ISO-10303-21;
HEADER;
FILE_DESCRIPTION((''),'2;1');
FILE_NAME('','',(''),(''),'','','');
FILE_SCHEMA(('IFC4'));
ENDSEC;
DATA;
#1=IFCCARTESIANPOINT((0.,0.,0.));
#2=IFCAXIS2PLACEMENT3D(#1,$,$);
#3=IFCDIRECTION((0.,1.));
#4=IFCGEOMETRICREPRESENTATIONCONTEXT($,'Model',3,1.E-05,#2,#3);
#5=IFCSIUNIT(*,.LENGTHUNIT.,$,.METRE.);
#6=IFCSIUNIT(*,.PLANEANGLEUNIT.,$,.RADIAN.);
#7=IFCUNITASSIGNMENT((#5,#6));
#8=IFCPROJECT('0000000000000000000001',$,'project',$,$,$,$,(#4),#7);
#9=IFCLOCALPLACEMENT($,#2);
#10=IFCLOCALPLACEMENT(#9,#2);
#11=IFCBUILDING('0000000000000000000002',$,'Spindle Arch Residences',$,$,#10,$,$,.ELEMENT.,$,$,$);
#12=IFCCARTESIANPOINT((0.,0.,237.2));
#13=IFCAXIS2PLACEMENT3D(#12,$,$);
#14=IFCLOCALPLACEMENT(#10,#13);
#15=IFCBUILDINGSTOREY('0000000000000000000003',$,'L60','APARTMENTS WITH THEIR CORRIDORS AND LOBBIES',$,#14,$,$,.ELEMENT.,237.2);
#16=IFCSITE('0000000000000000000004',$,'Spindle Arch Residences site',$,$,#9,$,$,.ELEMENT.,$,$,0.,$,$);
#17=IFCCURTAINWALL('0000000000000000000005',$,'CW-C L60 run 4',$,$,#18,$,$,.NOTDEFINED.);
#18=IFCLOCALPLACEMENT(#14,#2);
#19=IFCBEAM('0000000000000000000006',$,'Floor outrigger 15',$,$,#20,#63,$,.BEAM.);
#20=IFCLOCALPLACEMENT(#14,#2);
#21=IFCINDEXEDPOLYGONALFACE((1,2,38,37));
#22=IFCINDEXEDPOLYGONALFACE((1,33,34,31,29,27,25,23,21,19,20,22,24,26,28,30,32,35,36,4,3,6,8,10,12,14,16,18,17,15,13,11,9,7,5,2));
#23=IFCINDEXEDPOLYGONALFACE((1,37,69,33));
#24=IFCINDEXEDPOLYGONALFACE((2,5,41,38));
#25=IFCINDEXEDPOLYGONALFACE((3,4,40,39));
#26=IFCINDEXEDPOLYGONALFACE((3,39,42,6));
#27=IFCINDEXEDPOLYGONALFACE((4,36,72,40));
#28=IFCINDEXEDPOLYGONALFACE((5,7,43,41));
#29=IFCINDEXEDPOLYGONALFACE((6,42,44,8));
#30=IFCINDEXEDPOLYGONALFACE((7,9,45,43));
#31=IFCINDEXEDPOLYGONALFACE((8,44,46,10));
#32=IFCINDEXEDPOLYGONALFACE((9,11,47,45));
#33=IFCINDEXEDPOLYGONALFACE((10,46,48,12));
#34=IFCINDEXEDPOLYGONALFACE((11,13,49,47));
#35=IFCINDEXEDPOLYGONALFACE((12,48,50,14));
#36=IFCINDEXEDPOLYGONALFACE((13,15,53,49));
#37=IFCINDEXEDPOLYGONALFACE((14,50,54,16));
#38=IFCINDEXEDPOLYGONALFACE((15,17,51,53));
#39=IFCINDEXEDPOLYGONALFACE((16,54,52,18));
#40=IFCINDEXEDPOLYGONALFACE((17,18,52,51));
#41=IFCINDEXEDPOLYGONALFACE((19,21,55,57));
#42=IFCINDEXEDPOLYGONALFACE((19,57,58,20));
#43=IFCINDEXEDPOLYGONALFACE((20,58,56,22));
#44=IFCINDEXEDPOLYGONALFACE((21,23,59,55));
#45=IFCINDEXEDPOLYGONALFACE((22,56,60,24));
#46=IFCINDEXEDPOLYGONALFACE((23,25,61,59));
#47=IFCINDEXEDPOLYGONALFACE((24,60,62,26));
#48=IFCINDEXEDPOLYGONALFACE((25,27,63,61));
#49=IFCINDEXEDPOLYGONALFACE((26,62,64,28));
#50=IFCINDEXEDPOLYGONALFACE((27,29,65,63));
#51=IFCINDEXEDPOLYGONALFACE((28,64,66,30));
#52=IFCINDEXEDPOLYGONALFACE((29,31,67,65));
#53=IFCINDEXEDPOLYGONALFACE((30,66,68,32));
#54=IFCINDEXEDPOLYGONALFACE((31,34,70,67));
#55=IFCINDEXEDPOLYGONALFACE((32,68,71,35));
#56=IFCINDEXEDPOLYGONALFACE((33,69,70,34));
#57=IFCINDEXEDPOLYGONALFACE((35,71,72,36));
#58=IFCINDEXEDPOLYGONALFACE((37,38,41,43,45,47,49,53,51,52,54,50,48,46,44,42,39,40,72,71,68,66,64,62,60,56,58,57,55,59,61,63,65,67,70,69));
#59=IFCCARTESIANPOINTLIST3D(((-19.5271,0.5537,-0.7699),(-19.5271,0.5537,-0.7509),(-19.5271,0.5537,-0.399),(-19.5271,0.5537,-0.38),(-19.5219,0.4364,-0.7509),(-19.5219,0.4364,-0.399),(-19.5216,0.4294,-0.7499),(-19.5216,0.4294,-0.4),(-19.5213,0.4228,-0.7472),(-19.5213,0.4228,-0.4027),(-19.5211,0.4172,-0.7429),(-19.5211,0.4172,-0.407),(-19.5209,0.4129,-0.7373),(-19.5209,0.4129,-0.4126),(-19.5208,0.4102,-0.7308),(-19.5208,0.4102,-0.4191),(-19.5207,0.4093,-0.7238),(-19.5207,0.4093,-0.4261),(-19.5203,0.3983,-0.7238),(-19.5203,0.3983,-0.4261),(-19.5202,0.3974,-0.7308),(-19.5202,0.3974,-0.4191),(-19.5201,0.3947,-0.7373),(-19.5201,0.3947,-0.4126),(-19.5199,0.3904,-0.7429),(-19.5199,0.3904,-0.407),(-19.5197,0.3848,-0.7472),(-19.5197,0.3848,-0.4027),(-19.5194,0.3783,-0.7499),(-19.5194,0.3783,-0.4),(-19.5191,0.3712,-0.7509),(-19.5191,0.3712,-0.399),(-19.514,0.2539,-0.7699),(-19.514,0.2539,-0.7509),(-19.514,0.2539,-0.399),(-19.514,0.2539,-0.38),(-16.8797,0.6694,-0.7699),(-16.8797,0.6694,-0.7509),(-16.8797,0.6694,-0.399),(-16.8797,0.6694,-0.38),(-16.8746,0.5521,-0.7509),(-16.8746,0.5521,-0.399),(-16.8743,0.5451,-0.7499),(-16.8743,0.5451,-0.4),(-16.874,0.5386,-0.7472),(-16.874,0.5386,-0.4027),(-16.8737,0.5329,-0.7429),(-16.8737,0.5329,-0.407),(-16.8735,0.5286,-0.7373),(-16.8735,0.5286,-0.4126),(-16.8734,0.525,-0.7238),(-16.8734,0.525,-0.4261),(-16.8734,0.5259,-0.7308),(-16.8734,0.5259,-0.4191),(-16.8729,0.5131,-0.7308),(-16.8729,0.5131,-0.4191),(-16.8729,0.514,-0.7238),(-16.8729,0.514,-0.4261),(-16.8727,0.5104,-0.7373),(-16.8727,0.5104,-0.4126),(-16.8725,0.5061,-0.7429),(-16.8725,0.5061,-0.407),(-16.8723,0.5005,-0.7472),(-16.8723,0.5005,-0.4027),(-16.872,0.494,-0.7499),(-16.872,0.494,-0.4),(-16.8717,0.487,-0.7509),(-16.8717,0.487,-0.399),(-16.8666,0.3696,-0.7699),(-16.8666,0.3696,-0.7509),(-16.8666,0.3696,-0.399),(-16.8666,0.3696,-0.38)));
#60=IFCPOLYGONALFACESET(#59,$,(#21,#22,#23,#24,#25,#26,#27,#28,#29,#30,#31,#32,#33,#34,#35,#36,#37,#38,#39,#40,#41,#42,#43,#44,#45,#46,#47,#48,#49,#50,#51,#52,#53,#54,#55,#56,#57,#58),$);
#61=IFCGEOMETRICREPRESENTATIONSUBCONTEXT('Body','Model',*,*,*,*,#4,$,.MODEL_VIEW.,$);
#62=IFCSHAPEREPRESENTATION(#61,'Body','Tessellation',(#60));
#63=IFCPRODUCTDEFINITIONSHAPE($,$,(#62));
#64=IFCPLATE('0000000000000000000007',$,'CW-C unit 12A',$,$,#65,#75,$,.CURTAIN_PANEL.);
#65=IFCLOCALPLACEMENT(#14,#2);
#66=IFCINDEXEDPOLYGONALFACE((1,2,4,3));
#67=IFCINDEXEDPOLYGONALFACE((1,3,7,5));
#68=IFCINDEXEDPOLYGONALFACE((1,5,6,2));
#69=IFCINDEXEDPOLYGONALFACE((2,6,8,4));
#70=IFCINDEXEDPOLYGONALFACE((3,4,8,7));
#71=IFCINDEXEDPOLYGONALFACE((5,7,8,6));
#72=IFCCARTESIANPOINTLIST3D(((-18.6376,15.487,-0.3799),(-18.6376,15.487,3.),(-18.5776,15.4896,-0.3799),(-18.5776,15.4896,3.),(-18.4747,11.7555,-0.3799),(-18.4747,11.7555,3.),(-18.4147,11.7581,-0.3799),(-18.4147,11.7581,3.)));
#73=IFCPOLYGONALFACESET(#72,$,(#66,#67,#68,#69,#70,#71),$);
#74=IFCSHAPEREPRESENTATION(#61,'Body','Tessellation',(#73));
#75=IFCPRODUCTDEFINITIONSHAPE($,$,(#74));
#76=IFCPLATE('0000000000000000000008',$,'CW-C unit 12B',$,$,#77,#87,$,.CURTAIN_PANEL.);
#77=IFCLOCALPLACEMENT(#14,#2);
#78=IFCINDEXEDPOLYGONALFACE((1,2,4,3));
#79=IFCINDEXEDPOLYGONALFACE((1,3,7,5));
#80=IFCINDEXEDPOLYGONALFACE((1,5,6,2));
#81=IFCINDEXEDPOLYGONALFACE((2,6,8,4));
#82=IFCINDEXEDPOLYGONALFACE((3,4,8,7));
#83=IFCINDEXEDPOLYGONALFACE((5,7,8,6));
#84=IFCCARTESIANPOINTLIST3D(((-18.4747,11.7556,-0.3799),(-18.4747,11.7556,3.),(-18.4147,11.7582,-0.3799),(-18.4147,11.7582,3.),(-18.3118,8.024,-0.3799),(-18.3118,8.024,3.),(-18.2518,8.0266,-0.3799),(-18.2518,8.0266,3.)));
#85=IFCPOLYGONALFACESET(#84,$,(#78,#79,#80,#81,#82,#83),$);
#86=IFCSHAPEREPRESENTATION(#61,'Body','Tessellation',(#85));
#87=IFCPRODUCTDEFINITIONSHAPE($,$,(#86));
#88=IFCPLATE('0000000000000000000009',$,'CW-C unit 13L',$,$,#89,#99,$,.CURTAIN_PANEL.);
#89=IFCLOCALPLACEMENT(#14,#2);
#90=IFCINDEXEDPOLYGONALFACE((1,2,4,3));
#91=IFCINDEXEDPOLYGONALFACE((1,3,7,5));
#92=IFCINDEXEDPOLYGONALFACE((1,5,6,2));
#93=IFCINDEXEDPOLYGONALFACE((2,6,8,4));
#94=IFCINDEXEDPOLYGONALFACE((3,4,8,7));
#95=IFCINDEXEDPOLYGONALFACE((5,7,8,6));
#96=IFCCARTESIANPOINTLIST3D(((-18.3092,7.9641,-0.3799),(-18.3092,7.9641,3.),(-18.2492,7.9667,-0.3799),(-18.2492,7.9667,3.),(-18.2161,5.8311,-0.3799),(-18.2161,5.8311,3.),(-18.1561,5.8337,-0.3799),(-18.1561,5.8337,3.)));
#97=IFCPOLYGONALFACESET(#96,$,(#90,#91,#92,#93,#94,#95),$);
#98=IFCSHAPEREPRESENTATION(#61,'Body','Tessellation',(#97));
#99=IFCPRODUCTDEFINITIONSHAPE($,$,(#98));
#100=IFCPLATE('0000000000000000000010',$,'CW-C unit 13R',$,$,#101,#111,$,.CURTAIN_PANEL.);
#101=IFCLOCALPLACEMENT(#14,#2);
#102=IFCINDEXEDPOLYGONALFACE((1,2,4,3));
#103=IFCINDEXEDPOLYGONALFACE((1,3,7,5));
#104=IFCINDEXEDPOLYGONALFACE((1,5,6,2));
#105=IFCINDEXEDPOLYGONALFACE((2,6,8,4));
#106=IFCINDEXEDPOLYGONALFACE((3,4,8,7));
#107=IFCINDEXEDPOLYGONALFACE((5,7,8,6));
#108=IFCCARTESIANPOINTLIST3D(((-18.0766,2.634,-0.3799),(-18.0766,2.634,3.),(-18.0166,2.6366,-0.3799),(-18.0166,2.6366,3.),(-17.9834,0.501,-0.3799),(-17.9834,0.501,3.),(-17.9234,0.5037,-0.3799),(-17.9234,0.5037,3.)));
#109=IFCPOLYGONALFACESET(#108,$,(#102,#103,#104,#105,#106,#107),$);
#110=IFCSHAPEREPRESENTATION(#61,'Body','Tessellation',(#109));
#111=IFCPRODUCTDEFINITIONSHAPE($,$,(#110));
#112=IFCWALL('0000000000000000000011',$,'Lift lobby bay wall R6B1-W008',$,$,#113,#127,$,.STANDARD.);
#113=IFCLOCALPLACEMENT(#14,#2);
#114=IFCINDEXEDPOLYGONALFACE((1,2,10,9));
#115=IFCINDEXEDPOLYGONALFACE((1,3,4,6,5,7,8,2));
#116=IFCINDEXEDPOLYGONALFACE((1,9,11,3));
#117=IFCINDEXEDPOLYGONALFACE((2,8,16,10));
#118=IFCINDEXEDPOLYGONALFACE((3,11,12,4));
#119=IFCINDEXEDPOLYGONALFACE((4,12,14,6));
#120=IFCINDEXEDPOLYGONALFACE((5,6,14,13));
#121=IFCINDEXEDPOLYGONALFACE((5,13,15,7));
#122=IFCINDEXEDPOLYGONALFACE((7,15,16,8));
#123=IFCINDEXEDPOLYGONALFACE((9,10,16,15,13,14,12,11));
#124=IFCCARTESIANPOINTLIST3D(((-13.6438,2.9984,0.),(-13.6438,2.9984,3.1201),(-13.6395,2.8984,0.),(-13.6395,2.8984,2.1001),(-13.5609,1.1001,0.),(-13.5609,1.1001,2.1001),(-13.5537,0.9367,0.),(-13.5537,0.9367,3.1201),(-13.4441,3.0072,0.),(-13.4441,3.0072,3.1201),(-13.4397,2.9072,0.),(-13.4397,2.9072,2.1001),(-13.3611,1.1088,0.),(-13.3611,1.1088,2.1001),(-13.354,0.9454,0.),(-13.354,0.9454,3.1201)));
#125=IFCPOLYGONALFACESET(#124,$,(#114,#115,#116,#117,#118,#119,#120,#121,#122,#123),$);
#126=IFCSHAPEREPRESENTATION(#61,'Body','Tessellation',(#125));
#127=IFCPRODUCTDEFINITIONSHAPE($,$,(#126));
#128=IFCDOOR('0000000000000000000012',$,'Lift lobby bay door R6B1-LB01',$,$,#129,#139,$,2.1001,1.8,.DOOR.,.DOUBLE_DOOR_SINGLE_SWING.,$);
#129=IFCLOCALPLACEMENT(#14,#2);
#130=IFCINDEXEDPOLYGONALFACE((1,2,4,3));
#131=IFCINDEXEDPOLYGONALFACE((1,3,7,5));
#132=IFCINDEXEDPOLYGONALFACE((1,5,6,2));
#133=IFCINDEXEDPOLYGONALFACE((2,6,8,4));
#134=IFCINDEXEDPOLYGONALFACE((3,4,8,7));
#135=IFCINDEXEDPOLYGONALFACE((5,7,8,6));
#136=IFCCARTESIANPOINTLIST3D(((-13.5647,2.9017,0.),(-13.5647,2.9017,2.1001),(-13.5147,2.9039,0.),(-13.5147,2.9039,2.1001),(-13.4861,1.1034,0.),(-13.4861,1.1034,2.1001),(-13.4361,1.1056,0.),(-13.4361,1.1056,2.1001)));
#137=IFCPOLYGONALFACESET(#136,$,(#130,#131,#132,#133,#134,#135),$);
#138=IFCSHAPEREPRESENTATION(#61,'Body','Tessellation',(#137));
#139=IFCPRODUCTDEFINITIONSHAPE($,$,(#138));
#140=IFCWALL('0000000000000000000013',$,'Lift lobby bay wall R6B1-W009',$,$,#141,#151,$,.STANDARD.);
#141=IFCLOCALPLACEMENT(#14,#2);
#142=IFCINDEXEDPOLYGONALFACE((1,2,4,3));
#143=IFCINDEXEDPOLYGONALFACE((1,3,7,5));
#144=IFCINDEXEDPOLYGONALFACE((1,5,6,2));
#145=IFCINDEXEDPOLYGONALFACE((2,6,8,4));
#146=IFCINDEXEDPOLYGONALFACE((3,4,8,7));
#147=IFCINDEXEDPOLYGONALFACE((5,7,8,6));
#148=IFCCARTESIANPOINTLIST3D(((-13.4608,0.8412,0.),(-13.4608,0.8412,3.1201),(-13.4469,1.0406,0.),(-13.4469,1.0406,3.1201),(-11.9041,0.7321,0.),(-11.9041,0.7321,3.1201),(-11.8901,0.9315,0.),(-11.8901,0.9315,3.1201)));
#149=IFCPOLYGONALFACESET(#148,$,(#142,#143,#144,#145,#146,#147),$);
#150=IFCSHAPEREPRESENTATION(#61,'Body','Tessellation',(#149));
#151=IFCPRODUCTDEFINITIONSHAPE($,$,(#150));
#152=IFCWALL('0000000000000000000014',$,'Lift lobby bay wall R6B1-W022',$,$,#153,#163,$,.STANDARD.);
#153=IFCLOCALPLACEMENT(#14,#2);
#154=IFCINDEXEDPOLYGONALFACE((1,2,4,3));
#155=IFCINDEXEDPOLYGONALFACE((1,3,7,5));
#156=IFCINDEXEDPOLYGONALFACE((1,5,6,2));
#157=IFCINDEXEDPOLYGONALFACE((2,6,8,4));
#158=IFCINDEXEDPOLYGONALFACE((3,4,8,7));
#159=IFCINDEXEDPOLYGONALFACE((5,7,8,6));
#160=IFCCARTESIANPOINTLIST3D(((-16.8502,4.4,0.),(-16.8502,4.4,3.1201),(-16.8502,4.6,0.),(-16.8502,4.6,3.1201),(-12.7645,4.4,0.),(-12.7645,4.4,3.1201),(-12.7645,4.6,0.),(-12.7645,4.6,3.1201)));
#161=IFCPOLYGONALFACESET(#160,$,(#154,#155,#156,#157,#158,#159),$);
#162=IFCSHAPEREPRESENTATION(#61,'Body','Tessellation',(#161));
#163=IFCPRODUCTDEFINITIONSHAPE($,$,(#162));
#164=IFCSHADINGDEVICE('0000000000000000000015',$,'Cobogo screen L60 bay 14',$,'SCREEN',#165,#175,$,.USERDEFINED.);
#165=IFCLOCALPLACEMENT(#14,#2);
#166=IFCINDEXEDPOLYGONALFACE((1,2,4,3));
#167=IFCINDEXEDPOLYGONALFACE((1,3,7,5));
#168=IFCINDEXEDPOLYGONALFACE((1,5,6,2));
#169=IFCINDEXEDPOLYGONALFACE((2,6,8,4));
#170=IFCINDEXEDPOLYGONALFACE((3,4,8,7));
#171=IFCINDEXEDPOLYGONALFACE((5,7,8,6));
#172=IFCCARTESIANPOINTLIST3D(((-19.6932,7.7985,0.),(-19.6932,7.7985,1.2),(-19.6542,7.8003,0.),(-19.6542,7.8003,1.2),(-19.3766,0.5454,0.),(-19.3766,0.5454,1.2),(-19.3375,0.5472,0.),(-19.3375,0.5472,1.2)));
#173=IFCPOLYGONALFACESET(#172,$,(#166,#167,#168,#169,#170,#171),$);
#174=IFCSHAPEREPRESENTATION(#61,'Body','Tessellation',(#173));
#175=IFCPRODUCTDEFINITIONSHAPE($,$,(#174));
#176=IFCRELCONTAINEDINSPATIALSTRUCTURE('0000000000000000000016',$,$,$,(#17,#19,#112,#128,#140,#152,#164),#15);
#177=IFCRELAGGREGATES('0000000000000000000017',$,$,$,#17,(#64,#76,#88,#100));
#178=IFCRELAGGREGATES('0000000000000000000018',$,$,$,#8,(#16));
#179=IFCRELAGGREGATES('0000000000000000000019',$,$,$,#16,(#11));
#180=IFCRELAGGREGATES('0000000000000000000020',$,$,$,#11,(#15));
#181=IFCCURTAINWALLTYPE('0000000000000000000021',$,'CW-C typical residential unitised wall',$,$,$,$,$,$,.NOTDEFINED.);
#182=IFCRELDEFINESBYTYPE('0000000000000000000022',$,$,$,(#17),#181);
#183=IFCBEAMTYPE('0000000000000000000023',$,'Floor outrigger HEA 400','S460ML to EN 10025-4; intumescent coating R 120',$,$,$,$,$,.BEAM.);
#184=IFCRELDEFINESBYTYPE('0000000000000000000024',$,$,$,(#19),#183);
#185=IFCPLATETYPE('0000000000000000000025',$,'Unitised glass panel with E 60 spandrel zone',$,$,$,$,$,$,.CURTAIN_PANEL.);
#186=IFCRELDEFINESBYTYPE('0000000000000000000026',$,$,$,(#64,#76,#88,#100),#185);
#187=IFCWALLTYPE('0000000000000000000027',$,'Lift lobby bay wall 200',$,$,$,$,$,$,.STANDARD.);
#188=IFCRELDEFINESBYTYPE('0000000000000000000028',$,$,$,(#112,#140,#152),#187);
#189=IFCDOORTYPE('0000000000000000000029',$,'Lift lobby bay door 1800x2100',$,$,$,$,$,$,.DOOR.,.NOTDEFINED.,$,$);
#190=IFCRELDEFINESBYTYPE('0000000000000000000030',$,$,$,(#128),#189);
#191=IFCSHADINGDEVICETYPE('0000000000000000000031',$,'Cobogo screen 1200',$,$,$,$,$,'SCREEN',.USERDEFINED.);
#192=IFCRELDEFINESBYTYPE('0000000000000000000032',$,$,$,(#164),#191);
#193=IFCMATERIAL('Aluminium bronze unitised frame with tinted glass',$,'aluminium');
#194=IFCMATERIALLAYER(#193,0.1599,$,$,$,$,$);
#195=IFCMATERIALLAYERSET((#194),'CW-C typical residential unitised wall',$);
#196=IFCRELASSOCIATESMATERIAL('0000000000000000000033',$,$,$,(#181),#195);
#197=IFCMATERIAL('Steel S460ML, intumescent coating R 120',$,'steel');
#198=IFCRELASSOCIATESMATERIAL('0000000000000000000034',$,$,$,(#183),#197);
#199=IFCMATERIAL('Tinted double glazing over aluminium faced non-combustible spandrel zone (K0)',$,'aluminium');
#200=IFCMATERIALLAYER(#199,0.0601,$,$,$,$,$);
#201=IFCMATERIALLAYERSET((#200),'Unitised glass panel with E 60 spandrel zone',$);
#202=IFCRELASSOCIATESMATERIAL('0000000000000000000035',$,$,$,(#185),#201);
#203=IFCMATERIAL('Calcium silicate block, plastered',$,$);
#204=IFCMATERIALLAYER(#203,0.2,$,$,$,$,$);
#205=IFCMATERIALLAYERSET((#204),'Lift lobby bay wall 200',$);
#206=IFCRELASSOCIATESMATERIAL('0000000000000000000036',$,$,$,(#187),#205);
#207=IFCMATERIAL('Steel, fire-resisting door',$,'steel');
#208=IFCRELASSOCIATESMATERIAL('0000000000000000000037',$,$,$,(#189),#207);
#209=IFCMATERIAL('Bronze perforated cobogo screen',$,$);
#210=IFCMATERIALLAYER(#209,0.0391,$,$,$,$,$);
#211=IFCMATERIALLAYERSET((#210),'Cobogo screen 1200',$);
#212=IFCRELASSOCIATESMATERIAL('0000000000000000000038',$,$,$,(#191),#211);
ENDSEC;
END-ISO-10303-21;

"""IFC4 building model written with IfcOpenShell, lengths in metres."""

from ifc_helpers import new_model, si_unit, direction, frame, frame_2d, origin, origin_2d, place, context, subcontext, project, spatial, rectangle, i_section, extrude, material, layer, layer_set, material_profile, profile_set, type_object, element, fill, aggregate, save


model = new_model("IFC4")

# Units and contexts
model_context = context("Model", 3, precision=1e-05, world=origin(), true_north=direction((0.0, 1.0)))
body_context = subcontext(model_context, "Body", "Model", "MODEL_VIEW")
ifc_project = project(units=[si_unit("LENGTHUNIT", "METRE"), si_unit("PLANEANGLEUNIT", "RADIAN")], contexts=[model_context])

# Site, building, storey
site_placement = place(None, origin())
site = spatial("IfcSite", under=ifc_project, at=site_placement, Name="Spindle Arch Residences site", CompositionType="ELEMENT", RefElevation=0.0)
building_placement = place(site_placement, origin())
building = spatial("IfcBuilding", under=site, at=building_placement, Name="Spindle Arch Residences", CompositionType="ELEMENT")
storey_placement = place(building_placement, frame((0.0, 0.0, 237.2)))
storey = spatial("IfcBuildingStorey", under=building, at=storey_placement, Name="L60", Description="APARTMENTS WITH THEIR CORRIDORS AND LOBBIES", CompositionType="ELEMENT", Elevation=237.2)

# Curtain wall
ifc_material_1 = material(Name="Aluminium bronze unitised frame with tinted glass", Category="aluminium")
ifc_layer_1 = layer(ifc_material_1, 0.1599)
ifc_layer_set_1 = layer_set([ifc_layer_1], Name="CW-C typical residential unitised wall")
curtain_wall_type = type_object("IfcCurtainWallType", Name="CW-C typical residential unitised wall", PredefinedType="NOTDEFINED", material=ifc_layer_set_1)
curtain_wall_placement = place(storey_placement, origin())
curtain_wall = element("IfcCurtainWall", 1, at=curtain_wall_placement, inside=storey, type_object=curtain_wall_type, Name="CW-C L60 run 4", PredefinedType="NOTDEFINED")

# Beam
ifc_material_2 = material(Name="Steel S460ML, intumescent coating R 120", Category="steel")
ifc_material_profile_1 = material_profile(ifc_material_2, i_section(OverallWidth=0.3, OverallDepth=0.3899, WebThickness=0.011, FlangeThickness=0.019, FilletRadius=0.0271, at=origin_2d()), Name="HEA 400")
ifc_profile_set_1 = profile_set([ifc_material_profile_1], Name="Steel S460ML, intumescent coating R 120")
beam_type_1 = type_object("IfcBeamType", Name="Floor outrigger HEA 400", Description="S460ML to EN 10025-4; intumescent coating R 120", PredefinedType="BEAM", material=ifc_profile_set_1)
for number, where, z_axis, x_axis, name in (
    (2, (-19.5205, 0.4038, -0.575), (0.999046, 0.043669, 0.0), (-0.043669, 0.999046, 0.0), "Floor outrigger 15"),
):
    element("IfcBeam", number, at=place(storey_placement, frame(where, z_axis=z_axis, x_axis=x_axis)), inside=storey, type_object=beam_type_1, Name=name, PredefinedType="BEAM", context=body_context, shape_type="SweptSolid", body=[
        extrude(i_section(OverallWidth=0.3, OverallDepth=0.3899, WebThickness=0.011, FlangeThickness=0.019, FilletRadius=0.0271, at=origin_2d()), origin(), (0.0, 0.0, 1.0), 2.6499),
    ])

# Plates
ifc_material_3 = material(Name="Tinted double glazing over aluminium faced non-combustible spandrel zone (K0)", Category="aluminium")
ifc_layer_2 = layer(ifc_material_3, 0.0601)
ifc_layer_set_2 = layer_set([ifc_layer_2], Name="Unitised glass panel with E 60 spandrel zone")
plate_type = type_object("IfcPlateType", Name="Unitised glass panel with E 60 spandrel zone", PredefinedType="CURTAIN_PANEL", material=ifc_layer_set_2)
plate_1_placement = place(storey_placement, frame((-18.5261, 13.6226, -0.3799), z_axis=(0.0, 0.0, 1.0), x_axis=(0.043619, -0.999048, 0.0)))
plate_1 = element("IfcPlate", 3, at=plate_1_placement, type_object=plate_type, Name="CW-C unit 12A", PredefinedType="CURTAIN_PANEL", context=body_context, shape_type="SweptSolid", body=[
    extrude(rectangle(XDim=3.7351, YDim=0.0601, at=origin_2d()), origin(), (0.0, 0.0, 1.0), 3.3799),
])
plate_2_placement = place(storey_placement, frame((-18.3633, 9.8911, -0.3799), z_axis=(0.0, 0.0, 1.0), x_axis=(0.043619, -0.999048, 0.0)))
plate_2 = element("IfcPlate", 4, at=plate_2_placement, type_object=plate_type, Name="CW-C unit 12B", PredefinedType="CURTAIN_PANEL", context=body_context, shape_type="SweptSolid", body=[
    extrude(rectangle(XDim=3.7351, YDim=0.0601, at=origin_2d()), origin(), (0.0, 0.0, 1.0), 3.3799),
])
plate_3_placement = place(storey_placement, frame((-18.2327, 6.8989, -0.3799), z_axis=(0.0, 0.0, 1.0), x_axis=(0.043619, -0.999048, 0.0)))
plate_3 = element("IfcPlate", 5, at=plate_3_placement, type_object=plate_type, Name="CW-C unit 13L", PredefinedType="CURTAIN_PANEL", context=body_context, shape_type="SweptSolid", body=[
    extrude(rectangle(XDim=2.135, YDim=0.0601, at=origin_2d()), origin(), (0.0, 0.0, 1.0), 3.3799),
])
plate_4_placement = place(storey_placement, frame((-18.0, 1.5688, -0.3799), z_axis=(0.0, 0.0, 1.0), x_axis=(0.043619, -0.999048, 0.0)))
plate_4 = element("IfcPlate", 6, at=plate_4_placement, type_object=plate_type, Name="CW-C unit 13R", PredefinedType="CURTAIN_PANEL", context=body_context, shape_type="SweptSolid", body=[
    extrude(rectangle(XDim=2.135, YDim=0.0601, at=origin_2d()), origin(), (0.0, 0.0, 1.0), 3.3799),
])
aggregate(curtain_wall, [plate_1, plate_2, plate_3, plate_4])

# Wall, opening, door
ifc_material_4 = material(Name="Calcium silicate block, plastered")
ifc_layer_3 = layer(ifc_material_4, 0.2)
ifc_layer_set_3 = layer_set([ifc_layer_3], Name="Lift lobby bay wall 200")
wall_type_1 = type_object("IfcWallType", Name="Lift lobby bay wall 200", PredefinedType="STANDARD", material=ifc_layer_set_3)
wall_1_placement = place(storey_placement, frame((-13.5439, 3.0027, 0.0), z_axis=(0.0, 0.0, 1.0), x_axis=(0.043653, -0.999047, 0.0)))
wall_1 = element("IfcWall", 7, at=wall_1_placement, inside=storey, type_object=wall_type_1, Name="Lift lobby bay wall R6B1-W008", PredefinedType="STANDARD", context=body_context, shape_type="SweptSolid", body=[
    extrude(rectangle(XDim=2.0637, YDim=0.2, at=frame_2d((1.0317, 0.0))), origin(), (0.0, 0.0, 1.0), 3.1201),
])
opening_1_placement = place(wall_1_placement, frame((0.1001, 0.0, 0.0)))
opening_1 = element("IfcOpeningElement", 8, at=opening_1_placement, cuts=wall_1, PredefinedType="OPENING", context=body_context, shape_type="SweptSolid", body=[
    extrude(rectangle(XDim=1.8, YDim=2.1001, at=frame_2d((0.8999, 1.05))), frame((0.0, 0.1099, 0.0), z_axis=(0.0, -1.0, 0.0), x_axis=(1.0, 0.0, 0.0)), (0.0, 0.0, 1.0), 0.22),
])
ifc_material_5 = material(Name="Steel, fire-resisting door", Category="steel")
door_type_1 = type_object("IfcDoorType", Name="Lift lobby bay door 1800x2100", OperationType="NOTDEFINED", PredefinedType="DOOR", material=ifc_material_5)
door_1_placement = place(opening_1_placement, origin())
door_1 = element("IfcDoor", 9, at=door_1_placement, inside=storey, type_object=door_type_1, Name="Lift lobby bay door R6B1-LB01", OperationType="DOUBLE_DOOR_SINGLE_SWING", OverallHeight=2.1001, OverallWidth=1.8, PredefinedType="DOOR", context=body_context, shape_type="SweptSolid", body=[
    extrude(rectangle(XDim=1.8, YDim=2.1001, at=frame_2d((0.8999, 1.05))), frame((0.0, 0.0249, 0.0), z_axis=(0.0, -1.0, 0.0), x_axis=(1.0, 0.0, 0.0)), (0.0, 0.0, 1.0), 0.05),
])
fill(opening_1, door_1)

# Walls
wall_2_placement = place(storey_placement, frame((-13.4539, 0.9409, 0.0), z_axis=(0.0, 0.0, 1.0), x_axis=(0.997552, -0.069935, 0.0)))
element("IfcWall", 10, at=wall_2_placement, inside=storey, type_object=wall_type_1, Name="Lift lobby bay wall R6B1-W009", PredefinedType="STANDARD", context=body_context, shape_type="SweptSolid", body=[
    extrude(rectangle(XDim=1.5605, YDim=0.2, at=frame_2d((0.7803, 0.0))), origin(), (0.0, 0.0, 1.0), 3.1201),
])
wall_3_placement = place(storey_placement, frame((-12.7644, 4.5, 0.0), z_axis=(0.0, 0.0, 1.0), x_axis=(-1.0, 0.0, 0.0)))
element("IfcWall", 11, at=wall_3_placement, inside=storey, type_object=wall_type_1, Name="Lift lobby bay wall R6B1-W022", PredefinedType="STANDARD", context=body_context, shape_type="SweptSolid", body=[
    extrude(rectangle(XDim=4.0857, YDim=0.2, at=frame_2d((2.043, 0.0))), origin(), (0.0, 0.0, 1.0), 3.1201),
])

# Shading device
ifc_material_6 = material(Name="Bronze perforated cobogo screen")
ifc_layer_4 = layer(ifc_material_6, 0.0391)
ifc_layer_set_4 = layer_set([ifc_layer_4], Name="Cobogo screen 1200")
shading_device_type = type_object("IfcShadingDeviceType", Name="Cobogo screen 1200", ElementType="SCREEN", PredefinedType="USERDEFINED", material=ifc_layer_set_4)
shading_device_placement = place(storey_placement, frame((-19.5154, 4.1729, 0.0), z_axis=(0.0, 0.0, 1.0), x_axis=(0.043619, -0.999048, 0.0)))
element("IfcShadingDevice", 12, at=shading_device_placement, inside=storey, type_object=shading_device_type, Name="Cobogo screen L60 bay 14", ObjectType="SCREEN", PredefinedType="USERDEFINED", context=body_context, shape_type="SweptSolid", body=[
    extrude(rectangle(XDim=7.26, YDim=0.0391, at=origin_2d()), origin(), (0.0, 0.0, 1.0), 1.2),
])

save(model, "model.ifc")
